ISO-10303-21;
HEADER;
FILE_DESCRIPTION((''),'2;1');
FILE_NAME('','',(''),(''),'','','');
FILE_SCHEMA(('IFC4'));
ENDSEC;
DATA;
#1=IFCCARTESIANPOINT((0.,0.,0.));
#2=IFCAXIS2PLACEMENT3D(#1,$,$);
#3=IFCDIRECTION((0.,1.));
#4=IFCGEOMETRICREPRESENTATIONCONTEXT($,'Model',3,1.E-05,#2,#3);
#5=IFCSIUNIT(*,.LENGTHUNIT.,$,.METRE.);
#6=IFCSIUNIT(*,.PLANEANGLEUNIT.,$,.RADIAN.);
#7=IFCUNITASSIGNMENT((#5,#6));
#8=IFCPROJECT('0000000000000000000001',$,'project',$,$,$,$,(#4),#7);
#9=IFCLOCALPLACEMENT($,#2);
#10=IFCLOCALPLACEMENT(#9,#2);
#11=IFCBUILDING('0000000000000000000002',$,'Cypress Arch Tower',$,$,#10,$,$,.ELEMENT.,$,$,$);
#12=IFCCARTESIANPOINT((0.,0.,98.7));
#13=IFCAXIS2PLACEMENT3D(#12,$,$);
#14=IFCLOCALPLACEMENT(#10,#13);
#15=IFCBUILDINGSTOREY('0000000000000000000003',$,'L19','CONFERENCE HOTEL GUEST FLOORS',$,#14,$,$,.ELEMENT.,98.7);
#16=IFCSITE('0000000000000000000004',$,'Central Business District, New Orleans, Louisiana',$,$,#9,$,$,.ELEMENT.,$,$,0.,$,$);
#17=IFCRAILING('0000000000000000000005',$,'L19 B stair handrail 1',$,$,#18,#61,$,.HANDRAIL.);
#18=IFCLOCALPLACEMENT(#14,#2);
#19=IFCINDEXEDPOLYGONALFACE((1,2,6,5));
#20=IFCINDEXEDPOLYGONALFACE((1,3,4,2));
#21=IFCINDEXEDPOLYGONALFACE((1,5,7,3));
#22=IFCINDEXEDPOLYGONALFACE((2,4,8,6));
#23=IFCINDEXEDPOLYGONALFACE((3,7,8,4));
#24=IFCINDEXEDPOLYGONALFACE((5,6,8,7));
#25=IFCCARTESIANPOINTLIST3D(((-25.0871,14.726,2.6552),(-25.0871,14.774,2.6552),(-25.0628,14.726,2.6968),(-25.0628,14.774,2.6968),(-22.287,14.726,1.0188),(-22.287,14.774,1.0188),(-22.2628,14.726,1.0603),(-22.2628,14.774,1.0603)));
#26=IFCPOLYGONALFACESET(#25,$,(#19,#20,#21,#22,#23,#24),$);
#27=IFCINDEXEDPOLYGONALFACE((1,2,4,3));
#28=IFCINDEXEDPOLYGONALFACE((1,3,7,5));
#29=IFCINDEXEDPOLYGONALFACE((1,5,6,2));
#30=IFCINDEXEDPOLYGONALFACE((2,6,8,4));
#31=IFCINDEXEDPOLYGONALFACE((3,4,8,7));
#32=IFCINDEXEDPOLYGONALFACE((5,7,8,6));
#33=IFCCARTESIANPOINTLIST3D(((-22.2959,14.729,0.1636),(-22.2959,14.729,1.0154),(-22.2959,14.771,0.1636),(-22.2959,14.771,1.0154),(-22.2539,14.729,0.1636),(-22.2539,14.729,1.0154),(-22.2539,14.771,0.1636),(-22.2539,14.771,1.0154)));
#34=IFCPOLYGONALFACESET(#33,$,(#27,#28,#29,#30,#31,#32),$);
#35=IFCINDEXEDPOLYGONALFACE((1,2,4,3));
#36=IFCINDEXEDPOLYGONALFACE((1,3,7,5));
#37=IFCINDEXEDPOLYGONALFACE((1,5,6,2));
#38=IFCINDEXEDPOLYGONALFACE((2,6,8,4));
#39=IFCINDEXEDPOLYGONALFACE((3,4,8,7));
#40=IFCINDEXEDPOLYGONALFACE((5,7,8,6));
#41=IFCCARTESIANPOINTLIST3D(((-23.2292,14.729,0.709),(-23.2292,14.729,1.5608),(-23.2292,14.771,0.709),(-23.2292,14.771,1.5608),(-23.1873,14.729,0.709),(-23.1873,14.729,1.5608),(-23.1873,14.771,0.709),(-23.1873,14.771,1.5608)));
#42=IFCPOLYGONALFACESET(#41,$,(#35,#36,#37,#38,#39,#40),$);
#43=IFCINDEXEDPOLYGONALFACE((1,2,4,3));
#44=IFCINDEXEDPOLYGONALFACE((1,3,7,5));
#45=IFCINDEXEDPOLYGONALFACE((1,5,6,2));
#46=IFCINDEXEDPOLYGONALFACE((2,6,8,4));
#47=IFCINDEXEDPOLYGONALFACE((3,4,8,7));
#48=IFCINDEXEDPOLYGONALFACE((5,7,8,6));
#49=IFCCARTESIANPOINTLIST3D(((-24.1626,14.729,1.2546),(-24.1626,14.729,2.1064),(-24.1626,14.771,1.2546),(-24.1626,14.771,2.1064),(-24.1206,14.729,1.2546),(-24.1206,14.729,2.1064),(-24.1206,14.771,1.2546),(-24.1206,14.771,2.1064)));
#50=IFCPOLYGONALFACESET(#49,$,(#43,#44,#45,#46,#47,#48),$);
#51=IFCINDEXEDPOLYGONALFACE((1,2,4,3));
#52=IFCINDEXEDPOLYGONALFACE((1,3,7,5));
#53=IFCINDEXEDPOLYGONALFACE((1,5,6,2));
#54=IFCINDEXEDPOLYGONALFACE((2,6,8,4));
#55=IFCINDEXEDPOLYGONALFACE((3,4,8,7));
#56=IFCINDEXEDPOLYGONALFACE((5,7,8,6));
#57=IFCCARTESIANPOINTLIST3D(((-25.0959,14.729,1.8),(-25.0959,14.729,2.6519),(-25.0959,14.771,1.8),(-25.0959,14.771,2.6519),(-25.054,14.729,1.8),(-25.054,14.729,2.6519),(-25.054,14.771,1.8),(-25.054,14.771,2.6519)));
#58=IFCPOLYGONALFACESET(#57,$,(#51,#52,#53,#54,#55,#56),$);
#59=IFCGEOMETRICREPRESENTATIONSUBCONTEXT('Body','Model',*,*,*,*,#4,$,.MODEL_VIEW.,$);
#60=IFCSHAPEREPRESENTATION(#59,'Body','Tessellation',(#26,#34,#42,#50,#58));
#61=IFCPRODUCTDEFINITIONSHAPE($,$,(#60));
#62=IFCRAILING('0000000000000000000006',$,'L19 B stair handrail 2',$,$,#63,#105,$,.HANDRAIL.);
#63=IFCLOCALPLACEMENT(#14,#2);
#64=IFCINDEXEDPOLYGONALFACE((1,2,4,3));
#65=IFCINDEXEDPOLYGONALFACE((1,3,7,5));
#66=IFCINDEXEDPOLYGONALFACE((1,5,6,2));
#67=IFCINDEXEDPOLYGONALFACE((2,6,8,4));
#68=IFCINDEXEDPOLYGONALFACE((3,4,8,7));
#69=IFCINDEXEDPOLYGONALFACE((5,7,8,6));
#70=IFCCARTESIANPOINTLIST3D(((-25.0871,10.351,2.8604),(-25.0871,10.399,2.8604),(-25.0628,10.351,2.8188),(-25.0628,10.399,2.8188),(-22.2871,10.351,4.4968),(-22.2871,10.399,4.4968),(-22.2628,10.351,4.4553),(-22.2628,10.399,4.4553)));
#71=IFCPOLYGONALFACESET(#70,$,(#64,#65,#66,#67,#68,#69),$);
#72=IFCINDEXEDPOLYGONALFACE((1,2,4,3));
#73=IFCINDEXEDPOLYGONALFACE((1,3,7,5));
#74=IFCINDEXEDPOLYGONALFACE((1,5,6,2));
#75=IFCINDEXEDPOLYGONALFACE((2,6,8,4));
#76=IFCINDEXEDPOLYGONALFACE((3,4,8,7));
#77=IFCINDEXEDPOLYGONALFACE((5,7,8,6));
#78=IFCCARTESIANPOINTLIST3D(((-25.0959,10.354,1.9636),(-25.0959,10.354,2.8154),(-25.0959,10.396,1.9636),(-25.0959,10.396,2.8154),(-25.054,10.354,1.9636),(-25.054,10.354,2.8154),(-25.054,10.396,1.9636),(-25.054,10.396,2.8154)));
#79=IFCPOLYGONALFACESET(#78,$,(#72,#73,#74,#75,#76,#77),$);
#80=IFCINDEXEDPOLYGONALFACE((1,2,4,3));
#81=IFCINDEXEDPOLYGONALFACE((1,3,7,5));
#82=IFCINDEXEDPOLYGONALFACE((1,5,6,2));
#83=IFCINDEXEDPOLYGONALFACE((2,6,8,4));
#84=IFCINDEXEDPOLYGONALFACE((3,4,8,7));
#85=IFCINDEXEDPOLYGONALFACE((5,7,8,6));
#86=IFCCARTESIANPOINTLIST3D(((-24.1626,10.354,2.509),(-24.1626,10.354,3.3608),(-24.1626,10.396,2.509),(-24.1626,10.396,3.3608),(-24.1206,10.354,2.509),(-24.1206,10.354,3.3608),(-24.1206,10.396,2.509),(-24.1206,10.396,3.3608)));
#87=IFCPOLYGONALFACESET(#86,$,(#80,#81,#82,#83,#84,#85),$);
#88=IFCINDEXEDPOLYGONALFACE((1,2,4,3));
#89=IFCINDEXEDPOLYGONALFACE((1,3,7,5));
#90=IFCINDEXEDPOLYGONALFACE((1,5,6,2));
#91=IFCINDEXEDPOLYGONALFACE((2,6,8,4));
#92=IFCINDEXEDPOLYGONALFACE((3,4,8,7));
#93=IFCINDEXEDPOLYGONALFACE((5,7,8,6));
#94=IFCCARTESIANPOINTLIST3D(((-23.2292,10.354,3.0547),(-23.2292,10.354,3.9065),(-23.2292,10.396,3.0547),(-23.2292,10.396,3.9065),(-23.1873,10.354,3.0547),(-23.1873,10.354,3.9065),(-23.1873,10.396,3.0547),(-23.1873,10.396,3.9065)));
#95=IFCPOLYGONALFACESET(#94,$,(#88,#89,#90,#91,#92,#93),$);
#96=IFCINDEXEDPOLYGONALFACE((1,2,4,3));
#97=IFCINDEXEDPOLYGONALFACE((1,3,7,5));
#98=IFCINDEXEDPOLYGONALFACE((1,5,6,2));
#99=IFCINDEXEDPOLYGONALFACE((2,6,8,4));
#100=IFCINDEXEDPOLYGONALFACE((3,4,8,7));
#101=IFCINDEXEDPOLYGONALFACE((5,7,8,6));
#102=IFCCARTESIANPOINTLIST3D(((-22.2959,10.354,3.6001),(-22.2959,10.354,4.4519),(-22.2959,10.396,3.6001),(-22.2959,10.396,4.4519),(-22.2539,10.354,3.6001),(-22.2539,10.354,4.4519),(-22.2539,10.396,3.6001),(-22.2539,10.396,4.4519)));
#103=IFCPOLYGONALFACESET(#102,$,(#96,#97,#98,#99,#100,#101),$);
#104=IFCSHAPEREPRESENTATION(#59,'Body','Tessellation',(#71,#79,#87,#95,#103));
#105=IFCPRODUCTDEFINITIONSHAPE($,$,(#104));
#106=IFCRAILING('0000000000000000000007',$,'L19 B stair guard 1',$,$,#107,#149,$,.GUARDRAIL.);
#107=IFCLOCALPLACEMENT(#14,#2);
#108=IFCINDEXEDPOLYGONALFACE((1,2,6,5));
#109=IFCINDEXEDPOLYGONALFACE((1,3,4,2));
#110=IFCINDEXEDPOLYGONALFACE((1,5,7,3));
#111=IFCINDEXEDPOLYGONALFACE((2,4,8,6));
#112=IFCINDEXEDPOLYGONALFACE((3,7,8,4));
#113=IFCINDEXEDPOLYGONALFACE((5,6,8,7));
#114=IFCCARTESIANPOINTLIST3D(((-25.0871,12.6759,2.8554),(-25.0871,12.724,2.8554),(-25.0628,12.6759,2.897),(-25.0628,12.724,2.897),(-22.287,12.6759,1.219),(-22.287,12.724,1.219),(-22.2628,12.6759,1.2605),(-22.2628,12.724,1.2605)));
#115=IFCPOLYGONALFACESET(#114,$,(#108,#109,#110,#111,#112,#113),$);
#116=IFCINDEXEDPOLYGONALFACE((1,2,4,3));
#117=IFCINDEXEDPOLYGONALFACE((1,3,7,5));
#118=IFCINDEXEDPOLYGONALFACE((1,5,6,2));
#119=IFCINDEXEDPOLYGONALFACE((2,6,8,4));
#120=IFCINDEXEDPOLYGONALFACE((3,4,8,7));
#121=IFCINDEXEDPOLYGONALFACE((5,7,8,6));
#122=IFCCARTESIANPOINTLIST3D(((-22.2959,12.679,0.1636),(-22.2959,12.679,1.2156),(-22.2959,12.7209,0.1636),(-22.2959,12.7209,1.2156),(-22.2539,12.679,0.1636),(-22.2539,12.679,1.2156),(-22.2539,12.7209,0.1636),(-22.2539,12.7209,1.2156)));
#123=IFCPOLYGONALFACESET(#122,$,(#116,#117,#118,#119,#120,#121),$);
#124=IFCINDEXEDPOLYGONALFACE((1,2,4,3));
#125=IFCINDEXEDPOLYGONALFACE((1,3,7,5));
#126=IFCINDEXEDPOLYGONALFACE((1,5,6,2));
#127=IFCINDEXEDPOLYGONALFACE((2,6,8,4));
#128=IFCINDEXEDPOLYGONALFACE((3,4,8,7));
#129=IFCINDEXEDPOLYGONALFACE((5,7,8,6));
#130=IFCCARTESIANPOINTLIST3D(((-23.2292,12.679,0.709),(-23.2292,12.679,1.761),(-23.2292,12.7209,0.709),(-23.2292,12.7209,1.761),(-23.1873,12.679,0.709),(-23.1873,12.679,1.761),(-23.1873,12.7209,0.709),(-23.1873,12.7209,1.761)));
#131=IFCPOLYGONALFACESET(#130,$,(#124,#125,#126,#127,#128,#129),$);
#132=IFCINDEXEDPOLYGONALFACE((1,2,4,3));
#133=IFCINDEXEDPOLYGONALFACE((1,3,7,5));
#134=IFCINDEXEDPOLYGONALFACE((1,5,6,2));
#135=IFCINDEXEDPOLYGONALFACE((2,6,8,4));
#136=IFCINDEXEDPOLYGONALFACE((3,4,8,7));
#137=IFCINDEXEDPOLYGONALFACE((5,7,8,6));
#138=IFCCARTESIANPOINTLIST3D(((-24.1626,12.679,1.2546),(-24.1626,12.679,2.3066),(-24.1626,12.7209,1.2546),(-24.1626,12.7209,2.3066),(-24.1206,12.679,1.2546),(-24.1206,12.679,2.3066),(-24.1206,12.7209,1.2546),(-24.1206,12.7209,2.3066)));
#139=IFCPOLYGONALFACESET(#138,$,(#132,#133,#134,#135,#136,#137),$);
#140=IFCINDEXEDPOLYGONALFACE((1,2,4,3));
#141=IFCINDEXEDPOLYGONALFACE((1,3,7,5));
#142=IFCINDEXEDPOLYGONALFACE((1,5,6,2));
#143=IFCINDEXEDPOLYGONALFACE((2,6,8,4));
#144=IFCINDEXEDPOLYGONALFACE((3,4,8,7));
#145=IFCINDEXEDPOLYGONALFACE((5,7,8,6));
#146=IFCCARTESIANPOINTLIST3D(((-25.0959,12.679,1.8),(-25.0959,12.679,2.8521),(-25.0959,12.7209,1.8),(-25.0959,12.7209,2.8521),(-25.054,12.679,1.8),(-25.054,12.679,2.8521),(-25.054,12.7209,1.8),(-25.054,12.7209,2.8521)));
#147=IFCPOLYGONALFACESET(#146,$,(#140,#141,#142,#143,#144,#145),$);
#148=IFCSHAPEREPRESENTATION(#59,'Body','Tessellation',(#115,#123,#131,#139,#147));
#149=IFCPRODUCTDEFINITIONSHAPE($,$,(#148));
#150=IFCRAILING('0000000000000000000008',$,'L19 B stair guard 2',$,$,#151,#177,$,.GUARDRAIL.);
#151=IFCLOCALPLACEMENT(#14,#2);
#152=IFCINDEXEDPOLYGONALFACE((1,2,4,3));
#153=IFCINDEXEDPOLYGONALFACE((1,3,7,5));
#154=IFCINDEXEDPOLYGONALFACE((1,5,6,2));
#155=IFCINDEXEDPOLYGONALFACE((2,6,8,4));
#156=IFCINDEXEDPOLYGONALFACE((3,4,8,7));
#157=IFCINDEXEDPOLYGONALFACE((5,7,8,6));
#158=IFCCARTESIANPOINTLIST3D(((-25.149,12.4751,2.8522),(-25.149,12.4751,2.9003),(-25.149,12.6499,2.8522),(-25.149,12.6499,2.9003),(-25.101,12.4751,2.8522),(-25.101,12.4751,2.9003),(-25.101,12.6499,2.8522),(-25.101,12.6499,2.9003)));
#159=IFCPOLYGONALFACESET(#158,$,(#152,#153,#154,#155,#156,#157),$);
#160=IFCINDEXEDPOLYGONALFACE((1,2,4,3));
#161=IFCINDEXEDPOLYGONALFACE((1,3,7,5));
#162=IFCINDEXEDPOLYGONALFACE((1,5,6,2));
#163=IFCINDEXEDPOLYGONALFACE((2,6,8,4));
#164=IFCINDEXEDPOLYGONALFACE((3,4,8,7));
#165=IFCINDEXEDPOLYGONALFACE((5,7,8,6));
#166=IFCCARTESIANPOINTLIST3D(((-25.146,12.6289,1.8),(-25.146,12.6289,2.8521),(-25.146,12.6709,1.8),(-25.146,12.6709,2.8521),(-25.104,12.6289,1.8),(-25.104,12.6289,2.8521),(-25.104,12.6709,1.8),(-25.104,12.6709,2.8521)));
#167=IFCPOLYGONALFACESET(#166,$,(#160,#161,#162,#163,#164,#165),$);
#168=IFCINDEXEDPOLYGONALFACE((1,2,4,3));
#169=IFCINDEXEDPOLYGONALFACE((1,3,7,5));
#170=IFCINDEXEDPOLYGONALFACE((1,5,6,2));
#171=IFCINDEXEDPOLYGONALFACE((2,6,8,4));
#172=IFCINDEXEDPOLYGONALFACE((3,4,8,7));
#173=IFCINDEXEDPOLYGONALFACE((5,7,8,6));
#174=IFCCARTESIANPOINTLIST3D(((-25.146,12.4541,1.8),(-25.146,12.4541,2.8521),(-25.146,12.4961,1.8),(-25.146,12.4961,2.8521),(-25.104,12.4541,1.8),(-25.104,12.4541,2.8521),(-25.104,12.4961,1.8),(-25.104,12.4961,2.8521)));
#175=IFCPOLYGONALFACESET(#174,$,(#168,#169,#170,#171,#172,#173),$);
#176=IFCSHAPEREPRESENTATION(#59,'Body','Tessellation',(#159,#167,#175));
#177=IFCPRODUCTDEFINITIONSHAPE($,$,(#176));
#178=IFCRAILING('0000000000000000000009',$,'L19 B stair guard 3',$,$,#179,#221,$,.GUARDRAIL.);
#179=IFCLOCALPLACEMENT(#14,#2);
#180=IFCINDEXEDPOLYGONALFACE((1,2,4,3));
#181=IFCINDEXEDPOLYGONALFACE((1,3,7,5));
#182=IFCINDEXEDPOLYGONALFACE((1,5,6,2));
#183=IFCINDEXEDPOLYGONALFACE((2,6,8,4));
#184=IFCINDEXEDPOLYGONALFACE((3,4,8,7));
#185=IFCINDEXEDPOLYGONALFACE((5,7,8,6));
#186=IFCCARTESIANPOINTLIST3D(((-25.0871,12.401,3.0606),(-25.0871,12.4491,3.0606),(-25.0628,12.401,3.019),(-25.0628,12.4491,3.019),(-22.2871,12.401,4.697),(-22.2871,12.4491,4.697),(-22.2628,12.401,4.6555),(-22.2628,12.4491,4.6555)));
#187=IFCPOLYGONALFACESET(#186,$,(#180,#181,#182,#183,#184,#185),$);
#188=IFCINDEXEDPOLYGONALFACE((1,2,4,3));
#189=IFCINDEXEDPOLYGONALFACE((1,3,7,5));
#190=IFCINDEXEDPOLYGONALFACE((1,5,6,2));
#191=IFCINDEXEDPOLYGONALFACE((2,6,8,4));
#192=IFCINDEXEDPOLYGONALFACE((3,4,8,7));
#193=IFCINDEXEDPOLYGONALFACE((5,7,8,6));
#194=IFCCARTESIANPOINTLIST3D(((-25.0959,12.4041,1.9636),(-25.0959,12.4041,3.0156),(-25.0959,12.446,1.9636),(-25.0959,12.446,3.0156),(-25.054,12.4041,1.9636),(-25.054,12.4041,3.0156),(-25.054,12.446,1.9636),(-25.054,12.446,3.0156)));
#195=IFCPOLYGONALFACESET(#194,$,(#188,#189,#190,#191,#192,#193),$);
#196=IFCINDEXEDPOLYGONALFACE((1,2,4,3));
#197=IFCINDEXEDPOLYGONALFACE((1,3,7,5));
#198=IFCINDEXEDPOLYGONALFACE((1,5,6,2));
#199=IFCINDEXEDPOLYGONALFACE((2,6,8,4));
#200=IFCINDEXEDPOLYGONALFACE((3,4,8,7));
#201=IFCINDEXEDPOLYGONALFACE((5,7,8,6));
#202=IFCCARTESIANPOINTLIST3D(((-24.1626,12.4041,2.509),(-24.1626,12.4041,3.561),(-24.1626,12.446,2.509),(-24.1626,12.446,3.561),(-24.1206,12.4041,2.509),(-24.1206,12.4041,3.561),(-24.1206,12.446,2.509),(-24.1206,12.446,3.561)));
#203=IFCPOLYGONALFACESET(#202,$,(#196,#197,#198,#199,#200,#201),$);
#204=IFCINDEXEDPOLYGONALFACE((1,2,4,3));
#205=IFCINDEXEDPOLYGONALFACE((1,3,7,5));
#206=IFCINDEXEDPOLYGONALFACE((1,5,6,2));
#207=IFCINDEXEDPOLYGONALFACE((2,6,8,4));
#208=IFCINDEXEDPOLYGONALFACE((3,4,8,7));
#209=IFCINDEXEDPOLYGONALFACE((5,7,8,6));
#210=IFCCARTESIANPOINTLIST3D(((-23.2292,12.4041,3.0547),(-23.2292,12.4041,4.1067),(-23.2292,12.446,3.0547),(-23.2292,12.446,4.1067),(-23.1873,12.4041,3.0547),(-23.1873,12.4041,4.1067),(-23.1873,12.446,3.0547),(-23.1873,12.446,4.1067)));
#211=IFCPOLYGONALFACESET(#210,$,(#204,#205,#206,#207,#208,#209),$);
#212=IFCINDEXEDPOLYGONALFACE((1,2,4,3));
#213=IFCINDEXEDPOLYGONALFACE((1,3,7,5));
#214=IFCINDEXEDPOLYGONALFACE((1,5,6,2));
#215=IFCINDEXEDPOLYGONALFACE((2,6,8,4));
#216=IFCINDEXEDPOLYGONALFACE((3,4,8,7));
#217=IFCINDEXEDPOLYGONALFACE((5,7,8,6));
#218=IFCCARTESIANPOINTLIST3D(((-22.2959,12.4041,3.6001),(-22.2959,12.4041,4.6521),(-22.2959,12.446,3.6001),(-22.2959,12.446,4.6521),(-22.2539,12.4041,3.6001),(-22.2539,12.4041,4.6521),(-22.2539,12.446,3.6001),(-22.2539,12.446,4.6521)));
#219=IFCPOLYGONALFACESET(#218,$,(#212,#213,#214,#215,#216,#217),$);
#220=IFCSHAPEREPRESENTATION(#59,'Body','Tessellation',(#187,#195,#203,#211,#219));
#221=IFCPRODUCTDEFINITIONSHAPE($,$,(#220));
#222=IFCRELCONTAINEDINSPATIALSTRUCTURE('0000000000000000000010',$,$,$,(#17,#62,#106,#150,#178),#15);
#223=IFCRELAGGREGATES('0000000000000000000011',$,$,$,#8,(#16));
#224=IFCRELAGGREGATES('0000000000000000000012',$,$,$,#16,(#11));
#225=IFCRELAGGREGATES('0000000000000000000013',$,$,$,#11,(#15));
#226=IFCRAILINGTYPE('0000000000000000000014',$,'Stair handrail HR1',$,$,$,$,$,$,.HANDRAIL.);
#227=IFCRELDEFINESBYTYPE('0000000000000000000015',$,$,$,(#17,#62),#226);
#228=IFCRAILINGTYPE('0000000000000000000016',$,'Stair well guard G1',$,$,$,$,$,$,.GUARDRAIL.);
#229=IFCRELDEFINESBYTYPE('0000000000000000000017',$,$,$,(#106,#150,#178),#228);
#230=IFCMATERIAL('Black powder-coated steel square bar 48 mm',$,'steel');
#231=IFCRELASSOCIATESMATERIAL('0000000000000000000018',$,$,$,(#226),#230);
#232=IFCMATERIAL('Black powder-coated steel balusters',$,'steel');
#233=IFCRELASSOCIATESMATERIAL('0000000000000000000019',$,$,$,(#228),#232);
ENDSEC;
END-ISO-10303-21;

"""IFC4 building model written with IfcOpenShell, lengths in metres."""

from ifc_helpers import new_model, si_unit, direction, frame, origin, origin_2d, place, context, subcontext, project, spatial, rectangle, extrude, material, type_object, element, save


model = new_model("IFC4")

# Units and contexts
model_context = context("Model", 3, precision=1e-05, world=origin(), true_north=direction((0.0, 1.0)))
body_context = subcontext(model_context, "Body", "Model", "MODEL_VIEW")
ifc_project = project(units=[si_unit("LENGTHUNIT", "METRE"), si_unit("PLANEANGLEUNIT", "RADIAN")], contexts=[model_context])

# Site, building, storey
site_placement = place(None, origin())
site = spatial("IfcSite", under=ifc_project, at=site_placement, Name="Central Business District, New Orleans, Louisiana", CompositionType="ELEMENT", RefElevation=0.0)
building_placement = place(site_placement, origin())
building = spatial("IfcBuilding", under=site, at=building_placement, Name="Cypress Arch Tower", CompositionType="ELEMENT")
storey_placement = place(building_placement, frame((0.0, 0.0, 98.7)))
storey = spatial("IfcBuildingStorey", under=building, at=storey_placement, Name="L19", Description="CONFERENCE HOTEL GUEST FLOORS", CompositionType="ELEMENT", Elevation=98.7)

# Railings
ifc_material_1 = material(Name="Black powder-coated steel square bar 48 mm", Category="steel")
railing_type_1 = type_object("IfcRailingType", Name="Stair handrail HR1", PredefinedType="HANDRAIL", material=ifc_material_1)
railing_1_placement = place(storey_placement, frame((-22.2749, 14.75, 0.1636)))
element("IfcRailing", 1, at=railing_1_placement, inside=storey, type_object=railing_type_1, Name="L19 B stair handrail 1", PredefinedType="HANDRAIL", context=body_context, shape_type="SweptSolid", body=[
    extrude(rectangle(XDim=0.0481, YDim=0.0481, at=origin_2d()), frame((0.0, 0.0, 0.876), z_axis=(-0.863361, 0.0, 0.504587), x_axis=(0.0, -1.0, 0.0)), (0.0, 0.0, 1.0), 3.2432),
    extrude(rectangle(XDim=0.042, YDim=0.042, at=origin_2d()), origin(), (0.0, 0.0, 1.0), 0.8518),
    extrude(rectangle(XDim=0.042, YDim=0.042, at=origin_2d()), frame((-0.9333, 0.0, 0.5454)), (0.0, 0.0, 1.0), 0.8518),
    extrude(rectangle(XDim=0.042, YDim=0.042, at=origin_2d()), frame((-1.8667, 0.0, 1.0911)), (0.0, 0.0, 1.0), 0.8518),
    extrude(rectangle(XDim=0.042, YDim=0.042, at=origin_2d()), frame((-2.8, 0.0, 1.6365)), (0.0, 0.0, 1.0), 0.8518),
])
railing_2_placement = place(storey_placement, frame((-25.075, 10.375, 1.9636)))
element("IfcRailing", 2, at=railing_2_placement, inside=storey, type_object=railing_type_1, Name="L19 B stair handrail 2", PredefinedType="HANDRAIL", context=body_context, shape_type="SweptSolid", body=[
    extrude(rectangle(XDim=0.0481, YDim=0.0481, at=origin_2d()), frame((0.0, 0.0, 0.876), z_axis=(0.863361, 0.0, 0.504587), x_axis=(0.0, 1.0, 0.0)), (0.0, 0.0, 1.0), 3.2432),
    extrude(rectangle(XDim=0.042, YDim=0.042, at=origin_2d()), origin(), (0.0, 0.0, 1.0), 0.8518),
    extrude(rectangle(XDim=0.042, YDim=0.042, at=origin_2d()), frame((0.9333, 0.0, 0.5454)), (0.0, 0.0, 1.0), 0.8518),
    extrude(rectangle(XDim=0.042, YDim=0.042, at=origin_2d()), frame((1.8667, 0.0, 1.0911)), (0.0, 0.0, 1.0), 0.8518),
    extrude(rectangle(XDim=0.042, YDim=0.042, at=origin_2d()), frame((2.8, 0.0, 1.6365)), (0.0, 0.0, 1.0), 0.8518),
])
ifc_material_2 = material(Name="Black powder-coated steel balusters", Category="steel")
railing_type_2 = type_object("IfcRailingType", Name="Stair well guard G1", PredefinedType="GUARDRAIL", material=ifc_material_2)
railing_3_placement = place(storey_placement, frame((-22.2749, 12.7, 0.1636)))
element("IfcRailing", 3, at=railing_3_placement, inside=storey, type_object=railing_type_2, Name="L19 B stair guard 1", PredefinedType="GUARDRAIL", context=body_context, shape_type="SweptSolid", body=[
    extrude(rectangle(XDim=0.0481, YDim=0.0481, at=origin_2d()), frame((0.0, 0.0, 1.0762), z_axis=(-0.863361, 0.0, 0.504587), x_axis=(0.0, -1.0, 0.0)), (0.0, 0.0, 1.0), 3.2432),
    extrude(rectangle(XDim=0.042, YDim=0.042, at=origin_2d()), origin(), (0.0, 0.0, 1.0), 1.052),
    extrude(rectangle(XDim=0.042, YDim=0.042, at=origin_2d()), frame((-0.9333, 0.0, 0.5454)), (0.0, 0.0, 1.0), 1.052),
    extrude(rectangle(XDim=0.042, YDim=0.042, at=origin_2d()), frame((-1.8667, 0.0, 1.0911)), (0.0, 0.0, 1.0), 1.052),
    extrude(rectangle(XDim=0.042, YDim=0.042, at=origin_2d()), frame((-2.8, 0.0, 1.6365)), (0.0, 0.0, 1.0), 1.052),
])
railing_4_placement = place(storey_placement, frame((-25.125, 12.6499, 1.8)))
element("IfcRailing", 4, at=railing_4_placement, inside=storey, type_object=railing_type_2, Name="L19 B stair guard 2", PredefinedType="GUARDRAIL", context=body_context, shape_type="SweptSolid", body=[
    extrude(rectangle(XDim=0.0481, YDim=0.0481, at=origin_2d()), frame((0.0, 0.0, 1.0762), z_axis=(0.0, -1.0, 0.0), x_axis=(1.0, 0.0, 0.0)), (0.0, 0.0, 1.0), 0.1748),
    extrude(rectangle(XDim=0.042, YDim=0.042, at=origin_2d()), origin(), (0.0, 0.0, 1.0), 1.052),
    extrude(rectangle(XDim=0.042, YDim=0.042, at=origin_2d()), frame((0.0, -0.1748, 0.0)), (0.0, 0.0, 1.0), 1.052),
])
railing_5_placement = place(storey_placement, frame((-25.075, 12.425, 1.9636)))
element("IfcRailing", 5, at=railing_5_placement, inside=storey, type_object=railing_type_2, Name="L19 B stair guard 3", PredefinedType="GUARDRAIL", context=body_context, shape_type="SweptSolid", body=[
    extrude(rectangle(XDim=0.0481, YDim=0.0481, at=origin_2d()), frame((0.0, 0.0, 1.0762), z_axis=(0.863361, 0.0, 0.504587), x_axis=(0.0, 1.0, 0.0)), (0.0, 0.0, 1.0), 3.2432),
    extrude(rectangle(XDim=0.042, YDim=0.042, at=origin_2d()), origin(), (0.0, 0.0, 1.0), 1.052),
    extrude(rectangle(XDim=0.042, YDim=0.042, at=origin_2d()), frame((0.9333, 0.0, 0.5454)), (0.0, 0.0, 1.0), 1.052),
    extrude(rectangle(XDim=0.042, YDim=0.042, at=origin_2d()), frame((1.8667, 0.0, 1.0911)), (0.0, 0.0, 1.0), 1.052),
    extrude(rectangle(XDim=0.042, YDim=0.042, at=origin_2d()), frame((2.8, 0.0, 1.6365)), (0.0, 0.0, 1.0), 1.052),
])

save(model, "model.ifc")
